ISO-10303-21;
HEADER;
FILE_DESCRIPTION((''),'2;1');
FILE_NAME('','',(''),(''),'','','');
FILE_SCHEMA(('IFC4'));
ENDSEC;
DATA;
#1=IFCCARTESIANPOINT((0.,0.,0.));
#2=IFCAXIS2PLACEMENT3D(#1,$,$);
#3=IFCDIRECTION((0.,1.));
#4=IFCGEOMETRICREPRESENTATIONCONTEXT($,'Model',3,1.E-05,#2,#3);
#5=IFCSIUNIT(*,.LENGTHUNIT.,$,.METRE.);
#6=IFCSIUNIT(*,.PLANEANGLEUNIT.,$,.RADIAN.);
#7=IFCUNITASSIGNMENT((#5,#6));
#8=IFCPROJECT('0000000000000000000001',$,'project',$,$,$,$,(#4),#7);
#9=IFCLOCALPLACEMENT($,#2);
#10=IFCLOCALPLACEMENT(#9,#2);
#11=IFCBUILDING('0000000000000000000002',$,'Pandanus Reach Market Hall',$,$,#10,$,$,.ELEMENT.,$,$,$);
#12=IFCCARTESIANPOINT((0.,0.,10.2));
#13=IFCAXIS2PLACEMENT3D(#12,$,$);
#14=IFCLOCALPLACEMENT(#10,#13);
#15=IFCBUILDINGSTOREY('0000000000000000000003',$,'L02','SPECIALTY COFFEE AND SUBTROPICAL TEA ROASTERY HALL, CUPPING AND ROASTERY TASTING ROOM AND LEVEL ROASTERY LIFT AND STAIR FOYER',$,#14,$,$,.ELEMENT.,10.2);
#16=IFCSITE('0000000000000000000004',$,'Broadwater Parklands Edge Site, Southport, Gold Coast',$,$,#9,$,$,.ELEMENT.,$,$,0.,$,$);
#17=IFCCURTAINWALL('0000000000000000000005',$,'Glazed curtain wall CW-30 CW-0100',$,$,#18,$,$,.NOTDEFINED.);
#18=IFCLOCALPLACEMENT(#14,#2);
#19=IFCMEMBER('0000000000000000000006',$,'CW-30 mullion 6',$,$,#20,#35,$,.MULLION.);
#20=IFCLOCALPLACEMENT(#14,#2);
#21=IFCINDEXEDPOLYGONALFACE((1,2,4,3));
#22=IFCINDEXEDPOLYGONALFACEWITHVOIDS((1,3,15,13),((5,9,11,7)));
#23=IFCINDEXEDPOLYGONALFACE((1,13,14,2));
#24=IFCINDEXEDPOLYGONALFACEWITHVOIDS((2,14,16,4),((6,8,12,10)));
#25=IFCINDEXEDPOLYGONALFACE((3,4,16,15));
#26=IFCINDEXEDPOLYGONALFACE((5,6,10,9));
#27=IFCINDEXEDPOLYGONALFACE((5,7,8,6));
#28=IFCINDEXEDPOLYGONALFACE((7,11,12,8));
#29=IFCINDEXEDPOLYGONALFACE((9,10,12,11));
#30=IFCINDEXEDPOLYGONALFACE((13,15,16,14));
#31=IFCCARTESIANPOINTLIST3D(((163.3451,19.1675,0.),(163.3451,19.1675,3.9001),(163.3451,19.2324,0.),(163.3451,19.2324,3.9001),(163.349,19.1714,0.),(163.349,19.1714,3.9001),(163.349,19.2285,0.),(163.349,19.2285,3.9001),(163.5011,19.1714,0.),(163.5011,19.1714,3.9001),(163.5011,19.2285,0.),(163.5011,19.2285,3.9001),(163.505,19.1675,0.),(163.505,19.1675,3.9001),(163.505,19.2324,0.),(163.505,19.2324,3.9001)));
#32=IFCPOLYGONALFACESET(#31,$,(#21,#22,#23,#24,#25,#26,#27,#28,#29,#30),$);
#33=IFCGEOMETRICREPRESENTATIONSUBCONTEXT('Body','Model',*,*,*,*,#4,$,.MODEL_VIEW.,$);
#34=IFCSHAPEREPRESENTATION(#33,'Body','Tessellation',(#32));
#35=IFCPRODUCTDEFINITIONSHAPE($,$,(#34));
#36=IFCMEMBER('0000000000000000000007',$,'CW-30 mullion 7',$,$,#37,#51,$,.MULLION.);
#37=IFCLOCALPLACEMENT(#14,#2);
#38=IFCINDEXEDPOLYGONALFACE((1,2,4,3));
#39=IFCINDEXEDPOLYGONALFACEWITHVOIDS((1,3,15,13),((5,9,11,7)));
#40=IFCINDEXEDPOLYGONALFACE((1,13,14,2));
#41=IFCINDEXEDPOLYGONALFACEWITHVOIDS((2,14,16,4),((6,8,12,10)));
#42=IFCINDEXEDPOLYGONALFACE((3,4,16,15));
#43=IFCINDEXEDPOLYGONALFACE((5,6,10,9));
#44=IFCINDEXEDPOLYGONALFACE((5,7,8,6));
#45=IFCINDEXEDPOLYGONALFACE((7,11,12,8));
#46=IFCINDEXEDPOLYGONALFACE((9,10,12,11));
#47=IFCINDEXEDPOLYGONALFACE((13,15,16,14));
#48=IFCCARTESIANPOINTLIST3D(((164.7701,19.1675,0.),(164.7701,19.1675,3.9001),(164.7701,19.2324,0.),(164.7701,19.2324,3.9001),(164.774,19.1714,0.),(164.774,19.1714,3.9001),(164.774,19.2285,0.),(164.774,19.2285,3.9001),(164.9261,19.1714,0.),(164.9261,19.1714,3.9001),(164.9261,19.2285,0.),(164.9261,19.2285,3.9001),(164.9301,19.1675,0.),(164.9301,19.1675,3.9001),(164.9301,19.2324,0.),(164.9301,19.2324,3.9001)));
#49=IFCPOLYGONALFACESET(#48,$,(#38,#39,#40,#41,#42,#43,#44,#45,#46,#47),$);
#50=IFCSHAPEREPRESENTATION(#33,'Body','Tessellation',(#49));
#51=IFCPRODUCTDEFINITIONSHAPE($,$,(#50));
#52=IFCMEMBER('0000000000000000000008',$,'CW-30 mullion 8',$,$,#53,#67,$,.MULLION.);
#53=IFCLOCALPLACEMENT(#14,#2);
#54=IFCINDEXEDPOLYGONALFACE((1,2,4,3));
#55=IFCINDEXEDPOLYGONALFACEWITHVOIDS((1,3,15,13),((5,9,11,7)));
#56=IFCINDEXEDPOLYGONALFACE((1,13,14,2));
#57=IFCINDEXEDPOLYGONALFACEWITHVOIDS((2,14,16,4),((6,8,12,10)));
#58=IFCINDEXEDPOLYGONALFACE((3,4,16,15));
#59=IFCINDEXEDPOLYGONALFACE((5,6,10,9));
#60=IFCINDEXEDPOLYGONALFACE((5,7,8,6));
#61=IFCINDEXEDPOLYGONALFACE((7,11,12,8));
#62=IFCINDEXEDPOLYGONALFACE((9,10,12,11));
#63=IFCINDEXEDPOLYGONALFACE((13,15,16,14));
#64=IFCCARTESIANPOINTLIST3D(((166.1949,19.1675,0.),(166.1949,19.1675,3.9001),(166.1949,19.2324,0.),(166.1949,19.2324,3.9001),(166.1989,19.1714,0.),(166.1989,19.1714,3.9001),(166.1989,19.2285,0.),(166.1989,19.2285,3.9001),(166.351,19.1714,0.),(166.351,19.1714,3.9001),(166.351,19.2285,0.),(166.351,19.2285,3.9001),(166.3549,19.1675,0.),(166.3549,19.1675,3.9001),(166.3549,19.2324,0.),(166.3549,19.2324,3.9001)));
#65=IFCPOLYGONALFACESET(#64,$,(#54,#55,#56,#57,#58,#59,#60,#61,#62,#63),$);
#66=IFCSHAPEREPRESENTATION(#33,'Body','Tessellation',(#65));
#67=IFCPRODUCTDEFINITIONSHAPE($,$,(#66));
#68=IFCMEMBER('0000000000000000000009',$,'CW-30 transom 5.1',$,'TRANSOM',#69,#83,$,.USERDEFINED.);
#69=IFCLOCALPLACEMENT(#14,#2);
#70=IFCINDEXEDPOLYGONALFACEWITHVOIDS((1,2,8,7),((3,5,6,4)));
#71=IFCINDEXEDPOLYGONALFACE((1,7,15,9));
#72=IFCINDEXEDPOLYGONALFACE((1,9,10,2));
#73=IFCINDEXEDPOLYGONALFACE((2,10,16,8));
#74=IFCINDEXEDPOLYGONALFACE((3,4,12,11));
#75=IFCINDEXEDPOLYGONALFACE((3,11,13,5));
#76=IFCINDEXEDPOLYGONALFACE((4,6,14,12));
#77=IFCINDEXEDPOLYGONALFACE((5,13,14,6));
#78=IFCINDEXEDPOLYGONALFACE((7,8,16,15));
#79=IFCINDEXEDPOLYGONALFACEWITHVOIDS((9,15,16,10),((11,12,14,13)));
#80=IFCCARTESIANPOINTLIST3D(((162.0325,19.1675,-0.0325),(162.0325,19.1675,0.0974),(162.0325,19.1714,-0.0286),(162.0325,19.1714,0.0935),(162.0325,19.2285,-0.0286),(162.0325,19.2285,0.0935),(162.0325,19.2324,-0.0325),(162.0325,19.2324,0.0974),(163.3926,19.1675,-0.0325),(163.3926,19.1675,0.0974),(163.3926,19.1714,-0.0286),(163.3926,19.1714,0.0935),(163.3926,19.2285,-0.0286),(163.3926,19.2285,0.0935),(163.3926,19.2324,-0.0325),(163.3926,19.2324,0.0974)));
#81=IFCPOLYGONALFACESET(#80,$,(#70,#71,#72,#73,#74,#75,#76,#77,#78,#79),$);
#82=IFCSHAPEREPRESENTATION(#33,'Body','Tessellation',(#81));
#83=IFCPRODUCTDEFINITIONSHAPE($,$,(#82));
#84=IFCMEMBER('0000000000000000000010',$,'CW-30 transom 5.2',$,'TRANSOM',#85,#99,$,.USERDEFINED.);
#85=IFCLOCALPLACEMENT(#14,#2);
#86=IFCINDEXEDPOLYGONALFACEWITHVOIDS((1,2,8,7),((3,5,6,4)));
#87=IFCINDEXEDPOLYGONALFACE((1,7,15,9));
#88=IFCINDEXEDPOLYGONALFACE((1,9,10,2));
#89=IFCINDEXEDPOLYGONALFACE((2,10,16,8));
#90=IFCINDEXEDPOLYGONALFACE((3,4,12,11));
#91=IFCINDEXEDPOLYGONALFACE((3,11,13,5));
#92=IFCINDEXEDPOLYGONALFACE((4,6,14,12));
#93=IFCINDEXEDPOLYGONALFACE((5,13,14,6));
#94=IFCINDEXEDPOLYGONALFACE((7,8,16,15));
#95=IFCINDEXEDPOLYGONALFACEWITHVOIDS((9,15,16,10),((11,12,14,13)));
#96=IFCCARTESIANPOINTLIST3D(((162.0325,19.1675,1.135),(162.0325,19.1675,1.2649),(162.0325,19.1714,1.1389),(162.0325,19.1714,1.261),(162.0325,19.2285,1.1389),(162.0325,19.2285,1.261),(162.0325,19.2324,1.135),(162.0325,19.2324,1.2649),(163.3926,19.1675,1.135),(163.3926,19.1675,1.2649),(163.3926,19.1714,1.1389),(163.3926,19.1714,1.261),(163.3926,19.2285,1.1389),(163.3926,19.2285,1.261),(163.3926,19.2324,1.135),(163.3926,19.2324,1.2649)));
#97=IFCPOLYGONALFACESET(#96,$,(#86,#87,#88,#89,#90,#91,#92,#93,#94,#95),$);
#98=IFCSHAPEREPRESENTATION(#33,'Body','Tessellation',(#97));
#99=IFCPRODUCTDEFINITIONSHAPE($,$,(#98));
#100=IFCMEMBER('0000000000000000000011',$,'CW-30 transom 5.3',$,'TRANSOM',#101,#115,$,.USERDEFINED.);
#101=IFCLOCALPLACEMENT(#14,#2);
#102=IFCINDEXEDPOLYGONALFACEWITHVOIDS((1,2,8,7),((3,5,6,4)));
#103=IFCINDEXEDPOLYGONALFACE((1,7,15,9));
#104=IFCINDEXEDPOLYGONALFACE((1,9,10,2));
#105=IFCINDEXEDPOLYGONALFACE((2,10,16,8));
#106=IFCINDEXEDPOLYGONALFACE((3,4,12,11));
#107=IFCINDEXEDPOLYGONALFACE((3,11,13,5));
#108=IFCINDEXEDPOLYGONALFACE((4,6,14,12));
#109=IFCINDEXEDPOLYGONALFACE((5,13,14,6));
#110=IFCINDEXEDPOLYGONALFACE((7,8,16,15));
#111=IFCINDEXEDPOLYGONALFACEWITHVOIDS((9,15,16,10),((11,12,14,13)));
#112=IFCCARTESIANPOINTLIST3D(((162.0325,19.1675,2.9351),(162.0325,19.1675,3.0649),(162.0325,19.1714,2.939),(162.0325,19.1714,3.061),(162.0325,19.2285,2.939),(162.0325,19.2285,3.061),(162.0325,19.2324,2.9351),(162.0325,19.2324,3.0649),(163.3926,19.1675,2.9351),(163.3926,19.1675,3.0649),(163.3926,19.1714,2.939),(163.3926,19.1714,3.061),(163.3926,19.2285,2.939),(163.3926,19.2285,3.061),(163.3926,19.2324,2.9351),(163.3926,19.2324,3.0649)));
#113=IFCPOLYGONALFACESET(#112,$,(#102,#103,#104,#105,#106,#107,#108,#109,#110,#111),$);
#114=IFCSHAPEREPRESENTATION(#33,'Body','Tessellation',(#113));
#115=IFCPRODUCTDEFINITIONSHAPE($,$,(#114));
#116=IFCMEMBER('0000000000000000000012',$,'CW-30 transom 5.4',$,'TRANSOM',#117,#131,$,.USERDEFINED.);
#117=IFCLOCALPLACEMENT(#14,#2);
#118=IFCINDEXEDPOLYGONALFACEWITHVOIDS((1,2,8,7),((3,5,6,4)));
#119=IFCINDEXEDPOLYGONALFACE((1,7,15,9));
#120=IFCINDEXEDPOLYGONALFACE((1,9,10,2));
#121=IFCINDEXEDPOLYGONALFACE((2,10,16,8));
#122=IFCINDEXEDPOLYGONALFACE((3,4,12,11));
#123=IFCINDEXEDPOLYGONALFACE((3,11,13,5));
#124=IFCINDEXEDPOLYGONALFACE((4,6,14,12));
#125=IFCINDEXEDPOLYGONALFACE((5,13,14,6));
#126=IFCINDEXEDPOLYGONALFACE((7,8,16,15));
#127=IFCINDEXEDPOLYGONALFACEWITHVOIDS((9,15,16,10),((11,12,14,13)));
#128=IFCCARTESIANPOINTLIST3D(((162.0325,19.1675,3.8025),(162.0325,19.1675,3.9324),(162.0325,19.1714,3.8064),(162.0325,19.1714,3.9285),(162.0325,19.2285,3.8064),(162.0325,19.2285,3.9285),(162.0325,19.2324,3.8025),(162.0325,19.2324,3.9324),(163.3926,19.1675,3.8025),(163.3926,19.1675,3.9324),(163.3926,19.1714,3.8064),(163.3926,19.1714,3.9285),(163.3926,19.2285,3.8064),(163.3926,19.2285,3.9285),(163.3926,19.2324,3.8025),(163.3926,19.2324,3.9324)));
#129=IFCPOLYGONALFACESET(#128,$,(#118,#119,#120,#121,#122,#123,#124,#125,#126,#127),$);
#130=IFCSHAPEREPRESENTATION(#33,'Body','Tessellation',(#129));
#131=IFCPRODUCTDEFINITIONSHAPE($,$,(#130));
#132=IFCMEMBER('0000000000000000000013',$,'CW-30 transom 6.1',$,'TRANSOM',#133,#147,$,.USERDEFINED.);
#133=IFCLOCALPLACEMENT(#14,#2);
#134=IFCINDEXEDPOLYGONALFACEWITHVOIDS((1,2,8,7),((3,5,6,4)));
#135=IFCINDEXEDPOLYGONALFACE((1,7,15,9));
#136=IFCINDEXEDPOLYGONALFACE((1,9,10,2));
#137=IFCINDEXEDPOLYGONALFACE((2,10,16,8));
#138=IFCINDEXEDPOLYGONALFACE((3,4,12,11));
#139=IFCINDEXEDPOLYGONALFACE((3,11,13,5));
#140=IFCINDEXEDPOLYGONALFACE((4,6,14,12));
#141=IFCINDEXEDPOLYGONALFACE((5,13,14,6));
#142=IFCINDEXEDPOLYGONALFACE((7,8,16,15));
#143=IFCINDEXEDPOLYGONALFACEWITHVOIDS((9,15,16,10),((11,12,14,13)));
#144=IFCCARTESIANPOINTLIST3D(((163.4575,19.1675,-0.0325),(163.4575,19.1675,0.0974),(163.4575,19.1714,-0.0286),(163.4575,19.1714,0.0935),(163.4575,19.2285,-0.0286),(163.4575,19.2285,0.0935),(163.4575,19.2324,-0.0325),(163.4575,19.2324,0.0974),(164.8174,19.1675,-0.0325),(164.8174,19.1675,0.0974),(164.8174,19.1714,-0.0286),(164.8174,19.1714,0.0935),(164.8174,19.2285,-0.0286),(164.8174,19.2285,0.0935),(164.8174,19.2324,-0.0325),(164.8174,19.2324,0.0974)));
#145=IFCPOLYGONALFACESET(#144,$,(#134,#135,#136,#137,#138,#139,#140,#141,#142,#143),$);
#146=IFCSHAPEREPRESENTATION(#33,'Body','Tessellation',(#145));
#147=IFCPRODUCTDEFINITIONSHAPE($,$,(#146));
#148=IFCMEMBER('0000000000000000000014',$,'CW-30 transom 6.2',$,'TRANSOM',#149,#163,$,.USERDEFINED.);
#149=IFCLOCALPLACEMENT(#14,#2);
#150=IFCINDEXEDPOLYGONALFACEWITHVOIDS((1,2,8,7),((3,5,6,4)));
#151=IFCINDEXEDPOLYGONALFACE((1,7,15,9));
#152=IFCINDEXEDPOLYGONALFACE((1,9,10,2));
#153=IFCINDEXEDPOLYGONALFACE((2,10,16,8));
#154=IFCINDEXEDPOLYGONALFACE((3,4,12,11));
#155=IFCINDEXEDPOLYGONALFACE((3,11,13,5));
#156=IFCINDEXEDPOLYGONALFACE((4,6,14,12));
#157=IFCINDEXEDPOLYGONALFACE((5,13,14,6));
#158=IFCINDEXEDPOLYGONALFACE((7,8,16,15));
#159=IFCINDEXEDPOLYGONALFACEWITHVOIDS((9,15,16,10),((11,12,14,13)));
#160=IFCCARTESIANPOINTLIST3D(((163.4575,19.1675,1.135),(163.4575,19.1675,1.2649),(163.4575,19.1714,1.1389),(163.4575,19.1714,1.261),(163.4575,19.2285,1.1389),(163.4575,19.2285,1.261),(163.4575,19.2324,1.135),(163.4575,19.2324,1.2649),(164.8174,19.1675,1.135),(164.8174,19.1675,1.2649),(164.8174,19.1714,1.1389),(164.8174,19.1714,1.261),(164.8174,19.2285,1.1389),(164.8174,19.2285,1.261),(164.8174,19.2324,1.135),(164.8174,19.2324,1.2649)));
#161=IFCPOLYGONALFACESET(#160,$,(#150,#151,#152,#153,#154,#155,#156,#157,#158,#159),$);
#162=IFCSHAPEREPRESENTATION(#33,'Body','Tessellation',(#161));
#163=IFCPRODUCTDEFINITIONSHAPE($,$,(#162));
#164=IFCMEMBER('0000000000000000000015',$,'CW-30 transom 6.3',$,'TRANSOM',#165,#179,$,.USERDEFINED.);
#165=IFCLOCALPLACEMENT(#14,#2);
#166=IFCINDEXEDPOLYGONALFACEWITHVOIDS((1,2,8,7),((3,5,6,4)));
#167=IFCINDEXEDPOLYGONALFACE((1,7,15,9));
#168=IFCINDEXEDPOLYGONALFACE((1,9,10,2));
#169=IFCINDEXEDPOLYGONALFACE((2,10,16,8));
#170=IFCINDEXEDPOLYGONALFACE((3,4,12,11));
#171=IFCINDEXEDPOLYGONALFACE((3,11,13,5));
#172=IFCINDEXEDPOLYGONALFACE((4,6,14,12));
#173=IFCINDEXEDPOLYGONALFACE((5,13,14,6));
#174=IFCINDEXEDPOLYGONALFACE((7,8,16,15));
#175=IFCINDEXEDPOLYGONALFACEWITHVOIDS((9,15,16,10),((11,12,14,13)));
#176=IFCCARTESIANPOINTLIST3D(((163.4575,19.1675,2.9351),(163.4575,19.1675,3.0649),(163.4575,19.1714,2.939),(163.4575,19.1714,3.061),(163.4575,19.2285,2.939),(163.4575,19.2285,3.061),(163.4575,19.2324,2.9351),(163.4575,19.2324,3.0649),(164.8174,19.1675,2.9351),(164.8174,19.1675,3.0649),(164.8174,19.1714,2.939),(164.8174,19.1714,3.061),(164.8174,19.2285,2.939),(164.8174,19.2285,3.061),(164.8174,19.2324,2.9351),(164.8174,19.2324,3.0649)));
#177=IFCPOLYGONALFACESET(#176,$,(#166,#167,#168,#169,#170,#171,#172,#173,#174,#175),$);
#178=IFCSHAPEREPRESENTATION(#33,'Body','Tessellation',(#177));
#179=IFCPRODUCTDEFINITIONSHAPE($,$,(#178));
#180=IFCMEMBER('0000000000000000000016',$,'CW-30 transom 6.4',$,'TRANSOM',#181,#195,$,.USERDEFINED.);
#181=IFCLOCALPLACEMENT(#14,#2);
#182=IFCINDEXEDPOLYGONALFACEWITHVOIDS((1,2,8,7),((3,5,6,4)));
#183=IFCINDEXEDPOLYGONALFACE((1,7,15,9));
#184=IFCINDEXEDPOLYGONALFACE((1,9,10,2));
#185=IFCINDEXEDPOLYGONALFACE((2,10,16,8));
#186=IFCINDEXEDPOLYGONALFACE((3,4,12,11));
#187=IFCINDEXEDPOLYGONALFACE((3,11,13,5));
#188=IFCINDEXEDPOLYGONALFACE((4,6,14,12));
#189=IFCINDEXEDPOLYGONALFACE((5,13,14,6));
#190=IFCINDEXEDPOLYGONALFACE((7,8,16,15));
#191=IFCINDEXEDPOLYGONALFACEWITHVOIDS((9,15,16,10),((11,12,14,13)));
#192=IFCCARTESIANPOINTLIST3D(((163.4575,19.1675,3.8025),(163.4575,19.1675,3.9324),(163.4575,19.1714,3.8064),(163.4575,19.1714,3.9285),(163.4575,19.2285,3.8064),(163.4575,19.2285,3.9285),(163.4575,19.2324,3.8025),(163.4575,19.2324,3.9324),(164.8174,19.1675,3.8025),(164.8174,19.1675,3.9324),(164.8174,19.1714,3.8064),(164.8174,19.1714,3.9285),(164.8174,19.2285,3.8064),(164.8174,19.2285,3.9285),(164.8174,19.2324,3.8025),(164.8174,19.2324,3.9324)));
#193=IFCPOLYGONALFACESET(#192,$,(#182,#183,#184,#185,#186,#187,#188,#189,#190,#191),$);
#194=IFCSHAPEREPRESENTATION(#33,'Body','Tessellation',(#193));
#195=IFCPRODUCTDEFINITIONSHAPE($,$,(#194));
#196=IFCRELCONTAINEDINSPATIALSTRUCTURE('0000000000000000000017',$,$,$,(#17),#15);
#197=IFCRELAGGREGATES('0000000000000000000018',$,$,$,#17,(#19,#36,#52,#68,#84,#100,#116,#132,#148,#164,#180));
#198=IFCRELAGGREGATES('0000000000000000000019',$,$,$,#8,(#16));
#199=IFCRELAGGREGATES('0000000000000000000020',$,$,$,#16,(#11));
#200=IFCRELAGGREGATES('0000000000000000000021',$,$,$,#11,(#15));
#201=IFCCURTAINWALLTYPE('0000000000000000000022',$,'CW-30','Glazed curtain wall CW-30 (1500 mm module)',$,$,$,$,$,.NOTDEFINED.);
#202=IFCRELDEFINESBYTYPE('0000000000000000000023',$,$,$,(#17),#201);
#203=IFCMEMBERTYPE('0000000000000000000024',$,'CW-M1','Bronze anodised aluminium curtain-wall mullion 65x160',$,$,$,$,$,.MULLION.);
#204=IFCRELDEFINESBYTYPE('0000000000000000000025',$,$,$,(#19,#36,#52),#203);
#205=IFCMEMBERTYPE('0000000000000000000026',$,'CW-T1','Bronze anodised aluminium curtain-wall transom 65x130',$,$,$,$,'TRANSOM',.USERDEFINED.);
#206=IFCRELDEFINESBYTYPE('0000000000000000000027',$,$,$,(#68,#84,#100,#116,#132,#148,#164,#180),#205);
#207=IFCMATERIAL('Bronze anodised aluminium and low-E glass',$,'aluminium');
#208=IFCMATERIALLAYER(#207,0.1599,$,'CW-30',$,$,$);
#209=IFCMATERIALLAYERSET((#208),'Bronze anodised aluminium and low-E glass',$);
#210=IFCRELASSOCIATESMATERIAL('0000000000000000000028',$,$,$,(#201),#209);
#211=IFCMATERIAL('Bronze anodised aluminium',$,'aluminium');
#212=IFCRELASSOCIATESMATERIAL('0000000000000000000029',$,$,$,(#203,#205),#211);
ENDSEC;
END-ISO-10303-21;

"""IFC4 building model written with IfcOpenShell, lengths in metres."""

from ifc_helpers import new_model, si_unit, direction, frame, origin, origin_2d, place, context, subcontext, project, spatial, hollow_rectangle, extrude, material, layer, layer_set, material_profile, profile_set, type_object, element, aggregate, save


model = new_model("IFC4")

# Units and contexts
model_context = context("Model", 3, precision=1e-05, world=origin(), true_north=direction((0.0, 1.0)))
body_context = subcontext(model_context, "Body", "Model", "MODEL_VIEW")
ifc_project = project(units=[si_unit("LENGTHUNIT", "METRE"), si_unit("PLANEANGLEUNIT", "RADIAN")], contexts=[model_context])

# Site, building, storey
site_placement = place(None, origin())
site = spatial("IfcSite", under=ifc_project, at=site_placement, Name="Broadwater Parklands Edge Site, Southport, Gold Coast", CompositionType="ELEMENT", RefElevation=0.0)
building_placement = place(site_placement, origin())
building = spatial("IfcBuilding", under=site, at=building_placement, Name="Pandanus Reach Market Hall", CompositionType="ELEMENT")
storey_placement = place(building_placement, frame((0.0, 0.0, 10.2)))
storey = spatial("IfcBuildingStorey", under=building, at=storey_placement, Name="L02", Description="SPECIALTY COFFEE AND SUBTROPICAL TEA ROASTERY HALL, CUPPING AND ROASTERY TASTING ROOM AND LEVEL ROASTERY LIFT AND STAIR FOYER", CompositionType="ELEMENT", Elevation=10.2)

# Curtain wall, members
ifc_material_1 = material(Name="Bronze anodised aluminium and low-E glass", Category="aluminium")
ifc_layer_1 = layer(ifc_material_1, 0.1599, Name="CW-30")
ifc_layer_set_1 = layer_set([ifc_layer_1], Name="Bronze anodised aluminium and low-E glass")
curtain_wall_type = type_object("IfcCurtainWallType", Name="CW-30", Description="Glazed curtain wall CW-30 (1500 mm module)", PredefinedType="NOTDEFINED", material=ifc_layer_set_1)
curtain_wall_placement = place(storey_placement, origin())
curtain_wall = element("IfcCurtainWall", 1, at=curtain_wall_placement, inside=storey, type_object=curtain_wall_type, Name="Glazed curtain wall CW-30 CW-0100", PredefinedType="NOTDEFINED")
ifc_material_2 = material(Name="Bronze anodised aluminium", Category="aluminium")
ifc_material_profile_1 = material_profile(ifc_material_2, hollow_rectangle(XDim=0.0649, YDim=0.1599, WallThickness=0.0039, at=origin_2d()), Name="ALU65x160", Category="LoadBearing")
ifc_profile_set_1 = profile_set([ifc_material_profile_1], Name="Bronze anodised aluminium")
member_type_1 = type_object("IfcMemberType", Name="CW-M1", Description="Bronze anodised aluminium curtain-wall mullion 65x160", PredefinedType="MULLION", material=ifc_profile_set_1)
member_1_placement = place(storey_placement, frame((163.425, 19.2, 0.0), z_axis=(0.0, 0.0, 1.0), x_axis=(0.0, 1.0, 0.0)))
member_1 = element("IfcMember", 2, at=member_1_placement, type_object=member_type_1, Name="CW-30 mullion 6", PredefinedType="MULLION", context=body_context, shape_type="SweptSolid", body=[
    extrude(hollow_rectangle(XDim=0.0649, YDim=0.1599, WallThickness=0.0039, at=origin_2d()), origin(), (0.0, 0.0, 1.0), 3.9001),
])
member_2_placement = place(storey_placement, frame((164.8501, 19.2, 0.0), z_axis=(0.0, 0.0, 1.0), x_axis=(0.0, 1.0, 0.0)))
member_2 = element("IfcMember", 3, at=member_2_placement, type_object=member_type_1, Name="CW-30 mullion 7", PredefinedType="MULLION", context=body_context, shape_type="SweptSolid", body=[
    extrude(hollow_rectangle(XDim=0.0649, YDim=0.1599, WallThickness=0.0039, at=origin_2d()), origin(), (0.0, 0.0, 1.0), 3.9001),
])
member_3_placement = place(storey_placement, frame((166.2749, 19.2, 0.0), z_axis=(0.0, 0.0, 1.0), x_axis=(0.0, 1.0, 0.0)))
member_3 = element("IfcMember", 4, at=member_3_placement, type_object=member_type_1, Name="CW-30 mullion 8", PredefinedType="MULLION", context=body_context, shape_type="SweptSolid", body=[
    extrude(hollow_rectangle(XDim=0.0649, YDim=0.1599, WallThickness=0.0039, at=origin_2d()), origin(), (0.0, 0.0, 1.0), 3.9001),
])
ifc_material_profile_2 = material_profile(ifc_material_2, hollow_rectangle(XDim=0.0649, YDim=0.1299, WallThickness=0.0039, at=origin_2d()), Name="ALU65x130", Category="LoadBearing")
ifc_profile_set_2 = profile_set([ifc_material_profile_2], Name="Bronze anodised aluminium")
member_type_2 = type_object("IfcMemberType", Name="CW-T1", Description="Bronze anodised aluminium curtain-wall transom 65x130", ElementType="TRANSOM", PredefinedType="USERDEFINED", material=ifc_profile_set_2)
member_4_placement = place(storey_placement, frame((162.0325, 19.2, 0.0325), z_axis=(1.0, 0.0, 0.0), x_axis=(0.0, 1.0, 0.0)))
member_4 = element("IfcMember", 5, at=member_4_placement, type_object=member_type_2, Name="CW-30 transom 5.1", ObjectType="TRANSOM", PredefinedType="USERDEFINED", context=body_context, shape_type="SweptSolid", body=[
    extrude(hollow_rectangle(XDim=0.0649, YDim=0.1299, WallThickness=0.0039, at=origin_2d()), origin(), (0.0, 0.0, 1.0), 1.3601),
])
member_5_placement = place(storey_placement, frame((162.0325, 19.2, 1.2), z_axis=(1.0, 0.0, 0.0), x_axis=(0.0, 1.0, 0.0)))
member_5 = element("IfcMember", 6, at=member_5_placement, type_object=member_type_2, Name="CW-30 transom 5.2", ObjectType="TRANSOM", PredefinedType="USERDEFINED", context=body_context, shape_type="SweptSolid", body=[
    extrude(hollow_rectangle(XDim=0.0649, YDim=0.1299, WallThickness=0.0039, at=origin_2d()), origin(), (0.0, 0.0, 1.0), 1.3601),
])
member_6_placement = place(storey_placement, frame((162.0325, 19.2, 3.0), z_axis=(1.0, 0.0, 0.0), x_axis=(0.0, 1.0, 0.0)))
member_6 = element("IfcMember", 7, at=member_6_placement, type_object=member_type_2, Name="CW-30 transom 5.3", ObjectType="TRANSOM", PredefinedType="USERDEFINED", context=body_context, shape_type="SweptSolid", body=[
    extrude(hollow_rectangle(XDim=0.0649, YDim=0.1299, WallThickness=0.0039, at=origin_2d()), origin(), (0.0, 0.0, 1.0), 1.3601),
])
member_7_placement = place(storey_placement, frame((162.0325, 19.2, 3.8674), z_axis=(1.0, 0.0, 0.0), x_axis=(0.0, 1.0, 0.0)))
member_7 = element("IfcMember", 8, at=member_7_placement, type_object=member_type_2, Name="CW-30 transom 5.4", ObjectType="TRANSOM", PredefinedType="USERDEFINED", context=body_context, shape_type="SweptSolid", body=[
    extrude(hollow_rectangle(XDim=0.0649, YDim=0.1299, WallThickness=0.0039, at=origin_2d()), origin(), (0.0, 0.0, 1.0), 1.3601),
])
member_8_placement = place(storey_placement, frame((163.4575, 19.2, 0.0325), z_axis=(1.0, 0.0, 0.0), x_axis=(0.0, 1.0, 0.0)))
member_8 = element("IfcMember", 9, at=member_8_placement, type_object=member_type_2, Name="CW-30 transom 6.1", ObjectType="TRANSOM", PredefinedType="USERDEFINED", context=body_context, shape_type="SweptSolid", body=[
    extrude(hollow_rectangle(XDim=0.0649, YDim=0.1299, WallThickness=0.0039, at=origin_2d()), origin(), (0.0, 0.0, 1.0), 1.3599),
])
member_9_placement = place(storey_placement, frame((163.4575, 19.2, 1.2), z_axis=(1.0, 0.0, 0.0), x_axis=(0.0, 1.0, 0.0)))
member_9 = element("IfcMember", 10, at=member_9_placement, type_object=member_type_2, Name="CW-30 transom 6.2", ObjectType="TRANSOM", PredefinedType="USERDEFINED", context=body_context, shape_type="SweptSolid", body=[
    extrude(hollow_rectangle(XDim=0.0649, YDim=0.1299, WallThickness=0.0039, at=origin_2d()), origin(), (0.0, 0.0, 1.0), 1.3599),
])
member_10_placement = place(storey_placement, frame((163.4575, 19.2, 3.0), z_axis=(1.0, 0.0, 0.0), x_axis=(0.0, 1.0, 0.0)))
member_10 = element("IfcMember", 11, at=member_10_placement, type_object=member_type_2, Name="CW-30 transom 6.3", ObjectType="TRANSOM", PredefinedType="USERDEFINED", context=body_context, shape_type="SweptSolid", body=[
    extrude(hollow_rectangle(XDim=0.0649, YDim=0.1299, WallThickness=0.0039, at=origin_2d()), origin(), (0.0, 0.0, 1.0), 1.3599),
])
member_11_placement = place(storey_placement, frame((163.4575, 19.2, 3.8674), z_axis=(1.0, 0.0, 0.0), x_axis=(0.0, 1.0, 0.0)))
member_11 = element("IfcMember", 12, at=member_11_placement, type_object=member_type_2, Name="CW-30 transom 6.4", ObjectType="TRANSOM", PredefinedType="USERDEFINED", context=body_context, shape_type="SweptSolid", body=[
    extrude(hollow_rectangle(XDim=0.0649, YDim=0.1299, WallThickness=0.0039, at=origin_2d()), origin(), (0.0, 0.0, 1.0), 1.3599),
])
aggregate(curtain_wall, [member_1, member_2, member_3, member_4, member_5, member_6, member_7, member_8, member_9, member_10, member_11])

save(model, "model.ifc")
